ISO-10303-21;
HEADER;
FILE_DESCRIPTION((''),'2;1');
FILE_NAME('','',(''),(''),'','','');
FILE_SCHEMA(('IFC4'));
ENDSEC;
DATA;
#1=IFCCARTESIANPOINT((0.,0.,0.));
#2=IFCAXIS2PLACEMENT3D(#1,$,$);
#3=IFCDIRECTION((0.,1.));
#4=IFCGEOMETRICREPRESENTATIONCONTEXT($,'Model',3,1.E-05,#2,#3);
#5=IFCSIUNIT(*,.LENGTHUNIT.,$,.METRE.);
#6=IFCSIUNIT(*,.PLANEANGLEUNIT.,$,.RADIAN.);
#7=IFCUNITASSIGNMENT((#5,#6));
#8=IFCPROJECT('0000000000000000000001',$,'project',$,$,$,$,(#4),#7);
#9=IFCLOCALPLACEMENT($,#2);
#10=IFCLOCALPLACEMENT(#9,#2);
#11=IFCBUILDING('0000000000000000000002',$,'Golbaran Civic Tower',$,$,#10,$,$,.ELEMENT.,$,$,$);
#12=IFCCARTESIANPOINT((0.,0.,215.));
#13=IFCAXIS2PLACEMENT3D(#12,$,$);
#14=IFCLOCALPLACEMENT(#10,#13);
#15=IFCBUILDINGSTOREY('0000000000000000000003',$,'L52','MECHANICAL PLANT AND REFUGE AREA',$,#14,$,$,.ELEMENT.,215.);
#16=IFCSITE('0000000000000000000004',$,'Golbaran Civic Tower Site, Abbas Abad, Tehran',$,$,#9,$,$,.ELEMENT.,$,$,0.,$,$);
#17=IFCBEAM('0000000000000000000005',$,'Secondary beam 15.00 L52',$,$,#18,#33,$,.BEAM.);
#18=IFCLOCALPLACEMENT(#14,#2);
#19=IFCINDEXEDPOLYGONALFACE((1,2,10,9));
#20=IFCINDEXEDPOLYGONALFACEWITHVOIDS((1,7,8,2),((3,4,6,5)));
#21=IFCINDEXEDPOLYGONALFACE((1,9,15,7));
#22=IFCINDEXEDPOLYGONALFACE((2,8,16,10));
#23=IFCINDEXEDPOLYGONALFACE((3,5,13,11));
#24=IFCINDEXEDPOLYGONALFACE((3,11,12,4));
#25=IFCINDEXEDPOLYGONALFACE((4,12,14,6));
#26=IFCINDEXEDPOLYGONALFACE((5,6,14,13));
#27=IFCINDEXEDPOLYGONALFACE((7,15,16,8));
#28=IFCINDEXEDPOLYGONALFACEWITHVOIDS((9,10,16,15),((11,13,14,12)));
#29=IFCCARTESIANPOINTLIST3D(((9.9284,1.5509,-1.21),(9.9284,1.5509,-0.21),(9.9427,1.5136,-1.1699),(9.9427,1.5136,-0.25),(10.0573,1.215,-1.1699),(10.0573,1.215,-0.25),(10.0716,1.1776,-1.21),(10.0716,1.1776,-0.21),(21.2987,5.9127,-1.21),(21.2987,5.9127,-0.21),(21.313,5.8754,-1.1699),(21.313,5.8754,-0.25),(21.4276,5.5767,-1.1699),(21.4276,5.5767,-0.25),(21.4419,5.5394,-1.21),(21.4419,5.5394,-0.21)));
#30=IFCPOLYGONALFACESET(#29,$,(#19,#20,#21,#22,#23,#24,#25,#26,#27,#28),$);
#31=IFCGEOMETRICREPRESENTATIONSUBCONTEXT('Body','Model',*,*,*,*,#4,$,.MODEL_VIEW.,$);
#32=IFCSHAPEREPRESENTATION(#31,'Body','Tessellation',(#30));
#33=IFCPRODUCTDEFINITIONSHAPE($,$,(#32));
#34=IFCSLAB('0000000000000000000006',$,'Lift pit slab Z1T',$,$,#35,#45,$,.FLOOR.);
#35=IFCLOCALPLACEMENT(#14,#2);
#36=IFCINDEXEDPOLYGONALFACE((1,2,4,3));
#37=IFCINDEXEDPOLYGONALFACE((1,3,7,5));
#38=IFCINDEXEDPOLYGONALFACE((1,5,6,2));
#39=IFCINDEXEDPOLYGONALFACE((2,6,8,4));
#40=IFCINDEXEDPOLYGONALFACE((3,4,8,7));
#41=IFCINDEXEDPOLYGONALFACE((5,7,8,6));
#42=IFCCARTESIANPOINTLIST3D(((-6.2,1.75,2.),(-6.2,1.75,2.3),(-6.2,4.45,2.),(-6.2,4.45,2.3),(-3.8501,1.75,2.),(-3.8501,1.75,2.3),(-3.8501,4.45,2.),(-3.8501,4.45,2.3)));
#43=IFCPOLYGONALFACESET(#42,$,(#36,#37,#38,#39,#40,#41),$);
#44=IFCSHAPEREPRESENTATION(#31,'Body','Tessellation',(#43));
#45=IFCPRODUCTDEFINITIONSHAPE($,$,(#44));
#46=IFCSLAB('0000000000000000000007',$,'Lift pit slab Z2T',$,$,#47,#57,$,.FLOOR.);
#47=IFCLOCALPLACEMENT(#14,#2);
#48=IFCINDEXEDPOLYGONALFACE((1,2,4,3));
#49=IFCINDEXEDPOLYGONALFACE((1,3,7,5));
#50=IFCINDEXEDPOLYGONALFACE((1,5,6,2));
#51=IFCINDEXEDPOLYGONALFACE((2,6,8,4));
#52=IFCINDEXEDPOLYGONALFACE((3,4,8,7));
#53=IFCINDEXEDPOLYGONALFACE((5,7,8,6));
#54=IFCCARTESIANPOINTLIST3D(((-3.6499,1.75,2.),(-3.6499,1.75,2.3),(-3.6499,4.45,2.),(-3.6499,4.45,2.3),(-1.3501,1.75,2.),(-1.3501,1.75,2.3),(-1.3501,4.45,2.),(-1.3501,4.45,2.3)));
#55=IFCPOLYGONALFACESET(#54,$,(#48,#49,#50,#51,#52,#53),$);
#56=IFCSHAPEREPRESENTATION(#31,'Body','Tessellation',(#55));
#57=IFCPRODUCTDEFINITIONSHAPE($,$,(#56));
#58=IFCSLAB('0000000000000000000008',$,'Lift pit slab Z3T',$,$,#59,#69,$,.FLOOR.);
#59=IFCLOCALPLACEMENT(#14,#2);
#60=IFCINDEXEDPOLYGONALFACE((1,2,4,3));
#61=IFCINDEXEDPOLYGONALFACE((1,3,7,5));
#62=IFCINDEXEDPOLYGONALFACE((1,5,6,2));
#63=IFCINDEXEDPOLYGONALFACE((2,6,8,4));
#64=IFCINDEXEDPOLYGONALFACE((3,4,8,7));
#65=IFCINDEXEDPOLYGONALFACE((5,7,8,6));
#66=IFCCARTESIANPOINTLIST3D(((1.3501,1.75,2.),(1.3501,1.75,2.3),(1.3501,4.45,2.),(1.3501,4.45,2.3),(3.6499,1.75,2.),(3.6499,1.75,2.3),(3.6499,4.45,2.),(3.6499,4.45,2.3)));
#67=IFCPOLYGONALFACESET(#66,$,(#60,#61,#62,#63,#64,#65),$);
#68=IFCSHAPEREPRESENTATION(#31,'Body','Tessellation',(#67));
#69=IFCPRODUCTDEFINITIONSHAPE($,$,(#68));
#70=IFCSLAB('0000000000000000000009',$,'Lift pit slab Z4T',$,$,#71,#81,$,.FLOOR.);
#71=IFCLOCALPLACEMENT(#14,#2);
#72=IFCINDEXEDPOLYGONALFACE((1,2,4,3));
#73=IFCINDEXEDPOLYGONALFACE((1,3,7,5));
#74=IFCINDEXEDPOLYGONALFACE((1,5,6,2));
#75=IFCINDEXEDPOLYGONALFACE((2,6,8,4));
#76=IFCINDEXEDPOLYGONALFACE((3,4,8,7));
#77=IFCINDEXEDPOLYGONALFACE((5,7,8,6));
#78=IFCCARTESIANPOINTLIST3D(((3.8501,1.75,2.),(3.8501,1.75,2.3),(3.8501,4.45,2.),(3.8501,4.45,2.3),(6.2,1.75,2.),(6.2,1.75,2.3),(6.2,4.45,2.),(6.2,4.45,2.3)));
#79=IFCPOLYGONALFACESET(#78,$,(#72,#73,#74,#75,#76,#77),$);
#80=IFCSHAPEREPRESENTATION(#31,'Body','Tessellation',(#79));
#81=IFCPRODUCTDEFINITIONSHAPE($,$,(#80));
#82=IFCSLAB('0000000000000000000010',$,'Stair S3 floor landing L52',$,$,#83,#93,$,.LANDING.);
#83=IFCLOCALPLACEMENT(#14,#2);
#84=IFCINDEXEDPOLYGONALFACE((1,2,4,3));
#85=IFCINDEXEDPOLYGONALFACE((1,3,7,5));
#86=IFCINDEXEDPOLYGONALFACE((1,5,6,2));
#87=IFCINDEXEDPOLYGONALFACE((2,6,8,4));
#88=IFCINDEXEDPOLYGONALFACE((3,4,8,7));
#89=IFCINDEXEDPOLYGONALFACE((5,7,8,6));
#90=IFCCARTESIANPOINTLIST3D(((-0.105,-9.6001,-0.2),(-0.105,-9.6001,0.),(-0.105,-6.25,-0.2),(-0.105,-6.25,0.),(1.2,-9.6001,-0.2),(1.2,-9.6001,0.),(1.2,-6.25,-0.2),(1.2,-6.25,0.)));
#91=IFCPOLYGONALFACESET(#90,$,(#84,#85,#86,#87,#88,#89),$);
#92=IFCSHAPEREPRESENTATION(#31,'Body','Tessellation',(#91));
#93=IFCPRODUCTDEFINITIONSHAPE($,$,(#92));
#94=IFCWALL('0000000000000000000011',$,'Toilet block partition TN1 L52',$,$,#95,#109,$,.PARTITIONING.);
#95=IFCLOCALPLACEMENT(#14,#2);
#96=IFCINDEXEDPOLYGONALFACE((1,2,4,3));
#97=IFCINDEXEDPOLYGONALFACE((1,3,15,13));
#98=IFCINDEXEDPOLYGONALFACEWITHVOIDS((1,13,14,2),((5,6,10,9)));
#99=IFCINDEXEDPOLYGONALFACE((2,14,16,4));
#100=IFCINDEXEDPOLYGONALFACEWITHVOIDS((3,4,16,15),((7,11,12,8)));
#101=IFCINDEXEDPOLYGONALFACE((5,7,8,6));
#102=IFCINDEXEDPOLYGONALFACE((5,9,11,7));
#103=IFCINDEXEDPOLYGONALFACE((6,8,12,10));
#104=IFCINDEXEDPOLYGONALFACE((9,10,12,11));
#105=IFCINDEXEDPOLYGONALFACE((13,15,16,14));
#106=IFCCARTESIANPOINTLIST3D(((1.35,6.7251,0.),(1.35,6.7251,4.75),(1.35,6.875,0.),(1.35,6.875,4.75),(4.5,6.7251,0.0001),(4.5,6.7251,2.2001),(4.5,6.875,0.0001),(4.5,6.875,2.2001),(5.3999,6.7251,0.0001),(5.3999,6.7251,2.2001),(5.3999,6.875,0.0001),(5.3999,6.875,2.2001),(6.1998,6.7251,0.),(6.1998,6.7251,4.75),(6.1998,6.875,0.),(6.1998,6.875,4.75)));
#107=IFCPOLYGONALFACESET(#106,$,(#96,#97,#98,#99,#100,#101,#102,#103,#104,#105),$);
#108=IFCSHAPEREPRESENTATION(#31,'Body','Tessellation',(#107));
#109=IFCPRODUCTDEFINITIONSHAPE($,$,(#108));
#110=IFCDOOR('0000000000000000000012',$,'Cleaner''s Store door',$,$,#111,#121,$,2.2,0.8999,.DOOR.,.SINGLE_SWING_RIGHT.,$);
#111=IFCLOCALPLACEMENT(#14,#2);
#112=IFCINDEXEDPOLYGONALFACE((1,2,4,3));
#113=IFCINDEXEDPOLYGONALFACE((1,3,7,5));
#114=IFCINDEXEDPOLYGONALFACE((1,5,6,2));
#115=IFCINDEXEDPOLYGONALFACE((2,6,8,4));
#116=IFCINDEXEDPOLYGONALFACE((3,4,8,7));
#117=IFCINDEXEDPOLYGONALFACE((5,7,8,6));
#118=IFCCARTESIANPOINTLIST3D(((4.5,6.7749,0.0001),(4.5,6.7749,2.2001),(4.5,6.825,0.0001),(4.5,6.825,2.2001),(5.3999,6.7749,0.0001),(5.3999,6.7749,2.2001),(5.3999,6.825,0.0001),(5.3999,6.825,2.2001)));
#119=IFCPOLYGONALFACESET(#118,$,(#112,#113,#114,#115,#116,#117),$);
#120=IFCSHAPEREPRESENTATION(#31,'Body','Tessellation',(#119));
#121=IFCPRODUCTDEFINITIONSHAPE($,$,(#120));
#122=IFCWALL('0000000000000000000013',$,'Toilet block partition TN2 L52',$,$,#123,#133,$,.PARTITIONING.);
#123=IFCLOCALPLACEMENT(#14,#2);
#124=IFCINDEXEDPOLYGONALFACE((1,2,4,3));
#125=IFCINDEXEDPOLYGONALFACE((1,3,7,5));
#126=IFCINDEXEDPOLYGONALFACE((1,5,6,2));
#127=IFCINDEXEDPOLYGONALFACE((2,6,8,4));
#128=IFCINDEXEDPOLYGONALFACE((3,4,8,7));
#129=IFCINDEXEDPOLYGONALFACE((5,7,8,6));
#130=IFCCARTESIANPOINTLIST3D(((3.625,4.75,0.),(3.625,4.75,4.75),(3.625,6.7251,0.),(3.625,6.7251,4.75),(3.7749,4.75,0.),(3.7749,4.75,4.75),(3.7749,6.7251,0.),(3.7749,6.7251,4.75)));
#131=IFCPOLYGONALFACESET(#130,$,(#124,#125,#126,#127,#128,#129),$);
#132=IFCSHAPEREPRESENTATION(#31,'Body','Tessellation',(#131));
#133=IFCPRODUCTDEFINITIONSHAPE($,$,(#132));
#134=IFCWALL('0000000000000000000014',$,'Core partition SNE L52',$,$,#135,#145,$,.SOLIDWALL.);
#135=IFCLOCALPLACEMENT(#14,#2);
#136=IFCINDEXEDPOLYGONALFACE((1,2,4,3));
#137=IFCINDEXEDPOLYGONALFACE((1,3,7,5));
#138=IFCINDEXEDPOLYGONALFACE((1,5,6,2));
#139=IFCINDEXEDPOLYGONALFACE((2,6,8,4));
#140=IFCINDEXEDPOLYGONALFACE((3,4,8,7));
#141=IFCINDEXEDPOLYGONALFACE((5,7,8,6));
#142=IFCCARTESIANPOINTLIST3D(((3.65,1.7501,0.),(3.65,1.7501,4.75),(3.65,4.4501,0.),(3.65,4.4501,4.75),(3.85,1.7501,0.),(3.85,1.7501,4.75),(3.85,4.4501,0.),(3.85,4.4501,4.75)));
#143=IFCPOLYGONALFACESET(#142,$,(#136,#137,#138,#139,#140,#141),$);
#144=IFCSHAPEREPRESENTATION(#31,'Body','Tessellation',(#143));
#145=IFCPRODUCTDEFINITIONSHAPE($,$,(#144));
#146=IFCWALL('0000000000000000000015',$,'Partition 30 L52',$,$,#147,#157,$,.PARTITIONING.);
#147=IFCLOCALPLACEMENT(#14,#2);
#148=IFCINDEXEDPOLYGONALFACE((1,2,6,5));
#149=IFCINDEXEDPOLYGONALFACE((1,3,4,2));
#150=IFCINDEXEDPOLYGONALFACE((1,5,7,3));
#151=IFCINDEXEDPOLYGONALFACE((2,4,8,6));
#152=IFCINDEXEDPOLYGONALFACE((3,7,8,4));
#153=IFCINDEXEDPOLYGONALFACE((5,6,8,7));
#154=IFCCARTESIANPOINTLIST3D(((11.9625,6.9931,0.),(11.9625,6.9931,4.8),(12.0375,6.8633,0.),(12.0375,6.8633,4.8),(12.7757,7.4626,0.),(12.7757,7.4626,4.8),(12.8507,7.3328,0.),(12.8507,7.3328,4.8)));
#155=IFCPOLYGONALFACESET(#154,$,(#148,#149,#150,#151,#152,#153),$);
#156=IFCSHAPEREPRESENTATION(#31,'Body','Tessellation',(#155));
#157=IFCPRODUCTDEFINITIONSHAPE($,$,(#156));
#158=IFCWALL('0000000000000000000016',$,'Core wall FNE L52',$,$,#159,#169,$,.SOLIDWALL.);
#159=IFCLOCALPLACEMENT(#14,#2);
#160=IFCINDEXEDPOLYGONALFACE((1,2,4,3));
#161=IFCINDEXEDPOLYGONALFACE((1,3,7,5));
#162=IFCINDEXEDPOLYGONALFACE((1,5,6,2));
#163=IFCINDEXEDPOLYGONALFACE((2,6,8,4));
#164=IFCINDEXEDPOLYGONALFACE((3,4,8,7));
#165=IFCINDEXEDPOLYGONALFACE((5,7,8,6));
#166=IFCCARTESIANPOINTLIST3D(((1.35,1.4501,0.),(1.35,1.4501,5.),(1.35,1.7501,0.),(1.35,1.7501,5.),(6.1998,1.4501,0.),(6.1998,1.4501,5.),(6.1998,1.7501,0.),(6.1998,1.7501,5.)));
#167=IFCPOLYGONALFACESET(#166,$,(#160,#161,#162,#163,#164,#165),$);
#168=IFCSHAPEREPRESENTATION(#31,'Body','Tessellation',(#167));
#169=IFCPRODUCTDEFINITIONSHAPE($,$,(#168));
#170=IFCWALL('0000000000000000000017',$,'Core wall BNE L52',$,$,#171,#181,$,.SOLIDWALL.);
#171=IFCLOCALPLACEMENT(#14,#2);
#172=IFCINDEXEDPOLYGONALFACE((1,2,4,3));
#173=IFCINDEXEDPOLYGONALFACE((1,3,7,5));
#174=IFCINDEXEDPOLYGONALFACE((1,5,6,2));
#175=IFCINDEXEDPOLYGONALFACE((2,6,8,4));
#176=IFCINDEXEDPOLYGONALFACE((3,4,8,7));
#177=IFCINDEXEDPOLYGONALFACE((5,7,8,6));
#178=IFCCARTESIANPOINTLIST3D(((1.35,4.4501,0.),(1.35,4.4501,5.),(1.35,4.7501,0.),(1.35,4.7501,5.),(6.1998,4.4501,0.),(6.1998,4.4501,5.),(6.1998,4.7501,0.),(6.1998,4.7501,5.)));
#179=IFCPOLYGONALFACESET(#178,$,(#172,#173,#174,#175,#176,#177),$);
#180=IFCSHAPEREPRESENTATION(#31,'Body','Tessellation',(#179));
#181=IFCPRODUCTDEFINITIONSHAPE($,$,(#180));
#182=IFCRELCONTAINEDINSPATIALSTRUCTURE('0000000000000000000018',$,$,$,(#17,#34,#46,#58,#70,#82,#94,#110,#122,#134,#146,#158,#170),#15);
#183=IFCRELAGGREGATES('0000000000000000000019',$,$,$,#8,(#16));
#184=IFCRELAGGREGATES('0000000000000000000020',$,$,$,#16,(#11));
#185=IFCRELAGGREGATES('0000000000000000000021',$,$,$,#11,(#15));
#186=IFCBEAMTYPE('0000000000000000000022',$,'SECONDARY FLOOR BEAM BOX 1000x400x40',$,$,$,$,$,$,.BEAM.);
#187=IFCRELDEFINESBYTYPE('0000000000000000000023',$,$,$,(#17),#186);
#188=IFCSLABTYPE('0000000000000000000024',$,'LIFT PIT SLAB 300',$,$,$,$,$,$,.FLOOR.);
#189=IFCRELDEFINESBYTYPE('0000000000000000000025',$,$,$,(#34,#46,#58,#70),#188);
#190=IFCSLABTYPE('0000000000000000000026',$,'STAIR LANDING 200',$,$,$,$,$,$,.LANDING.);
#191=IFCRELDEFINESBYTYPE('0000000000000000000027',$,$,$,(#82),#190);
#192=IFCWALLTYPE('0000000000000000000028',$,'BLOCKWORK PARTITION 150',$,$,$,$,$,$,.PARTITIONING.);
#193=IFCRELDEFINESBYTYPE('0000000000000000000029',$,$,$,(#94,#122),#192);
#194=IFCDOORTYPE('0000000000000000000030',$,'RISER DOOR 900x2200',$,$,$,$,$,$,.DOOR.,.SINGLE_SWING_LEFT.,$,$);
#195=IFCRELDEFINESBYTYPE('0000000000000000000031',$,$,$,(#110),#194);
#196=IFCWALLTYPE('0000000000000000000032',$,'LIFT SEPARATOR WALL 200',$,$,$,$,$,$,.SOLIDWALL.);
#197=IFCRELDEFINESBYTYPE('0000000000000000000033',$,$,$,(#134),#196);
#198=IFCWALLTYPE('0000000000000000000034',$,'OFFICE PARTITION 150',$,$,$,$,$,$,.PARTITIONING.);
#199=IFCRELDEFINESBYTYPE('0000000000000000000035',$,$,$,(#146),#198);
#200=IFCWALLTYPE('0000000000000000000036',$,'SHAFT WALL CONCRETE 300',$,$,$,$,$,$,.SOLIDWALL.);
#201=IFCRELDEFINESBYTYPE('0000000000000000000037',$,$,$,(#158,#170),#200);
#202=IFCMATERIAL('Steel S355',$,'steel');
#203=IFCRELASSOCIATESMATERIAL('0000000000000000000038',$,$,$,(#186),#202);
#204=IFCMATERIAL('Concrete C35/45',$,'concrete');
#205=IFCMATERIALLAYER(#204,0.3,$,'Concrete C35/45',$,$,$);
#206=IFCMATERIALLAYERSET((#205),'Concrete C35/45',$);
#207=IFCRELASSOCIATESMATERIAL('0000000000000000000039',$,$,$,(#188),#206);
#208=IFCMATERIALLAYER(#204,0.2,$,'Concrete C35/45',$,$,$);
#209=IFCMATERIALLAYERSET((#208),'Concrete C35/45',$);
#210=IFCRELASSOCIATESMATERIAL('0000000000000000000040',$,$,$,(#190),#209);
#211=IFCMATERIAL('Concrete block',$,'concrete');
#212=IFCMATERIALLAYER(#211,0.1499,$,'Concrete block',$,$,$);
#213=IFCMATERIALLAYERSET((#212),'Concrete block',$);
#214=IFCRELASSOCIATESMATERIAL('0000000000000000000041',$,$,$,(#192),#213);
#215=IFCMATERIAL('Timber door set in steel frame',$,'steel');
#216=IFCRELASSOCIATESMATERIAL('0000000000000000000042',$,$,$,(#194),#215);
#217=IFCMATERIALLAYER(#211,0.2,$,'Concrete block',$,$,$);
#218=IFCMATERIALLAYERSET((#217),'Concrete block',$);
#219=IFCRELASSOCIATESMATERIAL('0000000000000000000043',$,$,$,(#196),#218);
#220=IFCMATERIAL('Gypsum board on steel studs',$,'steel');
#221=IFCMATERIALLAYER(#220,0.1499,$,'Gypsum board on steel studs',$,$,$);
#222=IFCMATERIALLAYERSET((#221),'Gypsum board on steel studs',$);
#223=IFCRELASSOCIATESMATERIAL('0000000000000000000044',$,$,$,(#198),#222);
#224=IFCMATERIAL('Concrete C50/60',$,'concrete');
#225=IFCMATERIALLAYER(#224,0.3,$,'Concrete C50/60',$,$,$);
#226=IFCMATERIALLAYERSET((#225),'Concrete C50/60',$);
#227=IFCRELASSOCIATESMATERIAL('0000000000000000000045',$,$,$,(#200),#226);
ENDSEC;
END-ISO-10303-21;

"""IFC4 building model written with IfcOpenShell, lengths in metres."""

from ifc_helpers import new_model, si_unit, direction, frame, frame_2d, origin, origin_2d, place, context, subcontext, project, spatial, polyline, rectangle, hollow_rectangle, outline, extrude, material, layer, layer_set, material_profile, profile_set, type_object, element, fill, save


model = new_model("IFC4")

# Units and contexts
model_context = context("Model", 3, precision=1e-05, world=origin(), true_north=direction((0.0, 1.0)))
body_context = subcontext(model_context, "Body", "Model", "MODEL_VIEW")
ifc_project = project(units=[si_unit("LENGTHUNIT", "METRE"), si_unit("PLANEANGLEUNIT", "RADIAN")], contexts=[model_context])

# Site, building, storey
site_placement = place(None, origin())
site = spatial("IfcSite", under=ifc_project, at=site_placement, Name="Golbaran Civic Tower Site, Abbas Abad, Tehran", CompositionType="ELEMENT", RefElevation=0.0)
building_placement = place(site_placement, origin())
building = spatial("IfcBuilding", under=site, at=building_placement, Name="Golbaran Civic Tower", CompositionType="ELEMENT")
storey_placement = place(building_placement, frame((0.0, 0.0, 215.0)))
storey = spatial("IfcBuildingStorey", under=building, at=storey_placement, Name="L52", Description="MECHANICAL PLANT AND REFUGE AREA", CompositionType="ELEMENT", Elevation=215.0)

# Beam
ifc_material_1 = material(Name="Steel S355", Category="steel")
ifc_material_profile_1 = material_profile(ifc_material_1, hollow_rectangle(XDim=0.3999, YDim=1.0, WallThickness=0.04, at=origin_2d()), Name="BOX 1000x400x40")
ifc_profile_set_1 = profile_set([ifc_material_profile_1], Name="Steel S355")
beam_type_1 = type_object("IfcBeamType", Name="SECONDARY FLOOR BEAM BOX 1000x400x40", PredefinedType="BEAM", material=ifc_profile_set_1)
beam_1_placement = place(storey_placement, frame((10.0, 1.3643, -0.71), z_axis=(0.933659, 0.358164, 0.0), x_axis=(-0.358164, 0.933659, 0.0)))
element("IfcBeam", 1, at=beam_1_placement, inside=storey, type_object=beam_type_1, Name="Secondary beam 15.00 L52", PredefinedType="BEAM", context=body_context, shape_type="SweptSolid", body=[
    extrude(hollow_rectangle(XDim=0.3999, YDim=1.0, WallThickness=0.04, at=origin_2d()), origin(), (0.0, 0.0, 1.0), 12.1782),
])

# Slabs
ifc_material_2 = material(Name="Concrete C35/45", Category="concrete")
ifc_layer_1 = layer(ifc_material_2, 0.3, Name="Concrete C35/45")
ifc_layer_set_1 = layer_set([ifc_layer_1], Name="Concrete C35/45")
slab_type_1 = type_object("IfcSlabType", Name="LIFT PIT SLAB 300", PredefinedType="FLOOR", material=ifc_layer_set_1)
slab_1_placement = place(storey_placement, frame((0.0, 0.0, 2.0)))
element("IfcSlab", 2, at=slab_1_placement, inside=storey, type_object=slab_type_1, Name="Lift pit slab Z1T", PredefinedType="FLOOR", context=body_context, shape_type="SweptSolid", body=[
    extrude(outline(polyline([(-6.2, 1.75), (-3.8501, 1.75), (-3.8501, 4.45), (-6.2, 4.45), (-6.2, 1.75)])), origin(), (0.0, 0.0, 1.0), 0.3),
])
slab_2_placement = place(storey_placement, frame((0.0, 0.0, 2.0)))
element("IfcSlab", 3, at=slab_2_placement, inside=storey, type_object=slab_type_1, Name="Lift pit slab Z2T", PredefinedType="FLOOR", context=body_context, shape_type="SweptSolid", body=[
    extrude(outline(polyline([(-3.6499, 1.75), (-1.3501, 1.75), (-1.3501, 4.45), (-3.6499, 4.45), (-3.6499, 1.75)])), origin(), (0.0, 0.0, 1.0), 0.3),
])
slab_3_placement = place(storey_placement, frame((0.0, 0.0, 2.0)))
element("IfcSlab", 4, at=slab_3_placement, inside=storey, type_object=slab_type_1, Name="Lift pit slab Z3T", PredefinedType="FLOOR", context=body_context, shape_type="SweptSolid", body=[
    extrude(outline(polyline([(1.3501, 1.75), (3.6499, 1.75), (3.6499, 4.45), (1.3501, 4.45), (1.3501, 1.75)])), origin(), (0.0, 0.0, 1.0), 0.3),
])
slab_4_placement = place(storey_placement, frame((0.0, 0.0, 2.0)))
element("IfcSlab", 5, at=slab_4_placement, inside=storey, type_object=slab_type_1, Name="Lift pit slab Z4T", PredefinedType="FLOOR", context=body_context, shape_type="SweptSolid", body=[
    extrude(outline(polyline([(3.8501, 1.75), (6.2, 1.75), (6.2, 4.45), (3.8501, 4.45), (3.8501, 1.75)])), origin(), (0.0, 0.0, 1.0), 0.3),
])
ifc_layer_2 = layer(ifc_material_2, 0.2, Name="Concrete C35/45")
ifc_layer_set_2 = layer_set([ifc_layer_2], Name="Concrete C35/45")
slab_type_2 = type_object("IfcSlabType", Name="STAIR LANDING 200", PredefinedType="LANDING", material=ifc_layer_set_2)
slab_5_placement = place(storey_placement, frame((0.0, 0.0, -0.2)))
element("IfcSlab", 6, at=slab_5_placement, inside=storey, type_object=slab_type_2, Name="Stair S3 floor landing L52", PredefinedType="LANDING", context=body_context, shape_type="SweptSolid", body=[
    extrude(outline(polyline([(1.2, -9.6001), (-0.105, -9.6001), (-0.105, -6.25), (1.2, -6.25), (1.2, -9.6001)])), origin(), (0.0, 0.0, 1.0), 0.2),
])

# Wall, opening, door
ifc_material_3 = material(Name="Concrete block", Category="concrete")
ifc_layer_3 = layer(ifc_material_3, 0.1499, Name="Concrete block")
ifc_layer_set_3 = layer_set([ifc_layer_3], Name="Concrete block")
wall_type_1 = type_object("IfcWallType", Name="BLOCKWORK PARTITION 150", PredefinedType="PARTITIONING", material=ifc_layer_set_3)
wall_1_placement = place(storey_placement, frame((1.3501, 6.8, 0.0), z_axis=(0.0, 0.0, 1.0), x_axis=(1.0, 0.0, 0.0)))
wall_1 = element("IfcWall", 7, at=wall_1_placement, inside=storey, type_object=wall_type_1, Name="Toilet block partition TN1 L52", PredefinedType="PARTITIONING", context=body_context, shape_type="SweptSolid", body=[
    extrude(rectangle(XDim=4.8499, YDim=0.1499, at=frame_2d((2.4248, 0.0))), origin(), (0.0, 0.0, 1.0), 4.75),
])
opening_1_placement = place(wall_1_placement, frame((3.1499, 0.0, 0.0)))
opening_1 = element("IfcOpeningElement", 8, at=opening_1_placement, cuts=wall_1, PredefinedType="OPENING", context=body_context, shape_type="SweptSolid", body=[
    extrude(rectangle(XDim=0.8999, YDim=2.2, at=frame_2d((0.45, 1.1001))), frame((0.0, 0.085, 0.0), z_axis=(0.0, -1.0, 0.0), x_axis=(1.0, 0.0, 0.0)), (0.0, 0.0, 1.0), 0.1699),
])
ifc_material_4 = material(Name="Timber door set in steel frame", Category="steel")
door_type_1 = type_object("IfcDoorType", Name="RISER DOOR 900x2200", OperationType="SINGLE_SWING_LEFT", PredefinedType="DOOR", material=ifc_material_4)
door_1_placement = place(opening_1_placement, origin())
door_1 = element("IfcDoor", 9, at=door_1_placement, inside=storey, type_object=door_type_1, Name="Cleaner's Store door", OperationType="SINGLE_SWING_RIGHT", OverallHeight=2.2, OverallWidth=0.8999, PredefinedType="DOOR", context=body_context, shape_type="SweptSolid", body=[
    extrude(rectangle(XDim=0.8999, YDim=2.2, at=frame_2d((0.45, 1.1001))), frame((0.0, 0.0249, 0.0), z_axis=(0.0, -1.0, 0.0), x_axis=(1.0, 0.0, 0.0)), (0.0, 0.0, 1.0), 0.05),
])
fill(opening_1, door_1)

# Walls
wall_2_placement = place(storey_placement, frame((3.7, 4.75, 0.0), z_axis=(0.0, 0.0, 1.0), x_axis=(0.0, 1.0, 0.0)))
element("IfcWall", 10, at=wall_2_placement, inside=storey, type_object=wall_type_1, Name="Toilet block partition TN2 L52", PredefinedType="PARTITIONING", context=body_context, shape_type="SweptSolid", body=[
    extrude(rectangle(XDim=1.9751, YDim=0.1499, at=frame_2d((0.9875, 0.0))), origin(), (0.0, 0.0, 1.0), 4.75),
])
ifc_layer_4 = layer(ifc_material_3, 0.2, Name="Concrete block")
ifc_layer_set_4 = layer_set([ifc_layer_4], Name="Concrete block")
wall_type_2 = type_object("IfcWallType", Name="LIFT SEPARATOR WALL 200", PredefinedType="SOLIDWALL", material=ifc_layer_set_4)
wall_3_placement = place(storey_placement, frame((3.75, 1.75, 0.0), z_axis=(0.0, 0.0, 1.0), x_axis=(0.0, 1.0, 0.0)))
element("IfcWall", 11, at=wall_3_placement, inside=storey, type_object=wall_type_2, Name="Core partition SNE L52", PredefinedType="SOLIDWALL", context=body_context, shape_type="SweptSolid", body=[
    extrude(rectangle(XDim=2.7, YDim=0.2, at=frame_2d((1.3501, 0.0))), origin(), (0.0, 0.0, 1.0), 4.75),
])
ifc_material_5 = material(Name="Gypsum board on steel studs", Category="steel")
ifc_layer_5 = layer(ifc_material_5, 0.1499, Name="Gypsum board on steel studs")
ifc_layer_set_5 = layer_set([ifc_layer_5], Name="Gypsum board on steel studs")
wall_type_3 = type_object("IfcWallType", Name="OFFICE PARTITION 150", PredefinedType="PARTITIONING", material=ifc_layer_set_5)
wall_4_placement = place(storey_placement, frame((12.0, 6.9282, 0.0), z_axis=(0.0, 0.0, 1.0), x_axis=(0.866043, 0.49997, 0.0)))
element("IfcWall", 12, at=wall_4_placement, inside=storey, type_object=wall_type_3, Name="Partition 30 L52", PredefinedType="PARTITIONING", context=body_context, shape_type="SweptSolid", body=[
    extrude(rectangle(XDim=0.939, YDim=0.1499, at=frame_2d((0.4695, 0.0))), origin(), (0.0, 0.0, 1.0), 4.8),
])
ifc_material_6 = material(Name="Concrete C50/60", Category="concrete")
ifc_layer_6 = layer(ifc_material_6, 0.3, Name="Concrete C50/60")
ifc_layer_set_6 = layer_set([ifc_layer_6], Name="Concrete C50/60")
wall_type_4 = type_object("IfcWallType", Name="SHAFT WALL CONCRETE 300", PredefinedType="SOLIDWALL", material=ifc_layer_set_6)
for number, where, z_axis, x_axis, name in (
    (13, (1.3501, 1.6001, 0.0), (0.0, 0.0, 1.0), (1.0, 0.0, 0.0), "Core wall FNE L52"),
    (14, (1.3501, 4.6001, 0.0), (0.0, 0.0, 1.0), (1.0, 0.0, 0.0), "Core wall BNE L52"),
):
    element("IfcWall", number, at=place(storey_placement, frame(where, z_axis=z_axis, x_axis=x_axis)), inside=storey, type_object=wall_type_4, Name=name, PredefinedType="SOLIDWALL", context=body_context, shape_type="SweptSolid", body=[
        extrude(rectangle(XDim=4.8499, YDim=0.3, at=frame_2d((2.4248, 0.0))), origin(), (0.0, 0.0, 1.0), 5.0),
    ])

save(model, "model.ifc")
